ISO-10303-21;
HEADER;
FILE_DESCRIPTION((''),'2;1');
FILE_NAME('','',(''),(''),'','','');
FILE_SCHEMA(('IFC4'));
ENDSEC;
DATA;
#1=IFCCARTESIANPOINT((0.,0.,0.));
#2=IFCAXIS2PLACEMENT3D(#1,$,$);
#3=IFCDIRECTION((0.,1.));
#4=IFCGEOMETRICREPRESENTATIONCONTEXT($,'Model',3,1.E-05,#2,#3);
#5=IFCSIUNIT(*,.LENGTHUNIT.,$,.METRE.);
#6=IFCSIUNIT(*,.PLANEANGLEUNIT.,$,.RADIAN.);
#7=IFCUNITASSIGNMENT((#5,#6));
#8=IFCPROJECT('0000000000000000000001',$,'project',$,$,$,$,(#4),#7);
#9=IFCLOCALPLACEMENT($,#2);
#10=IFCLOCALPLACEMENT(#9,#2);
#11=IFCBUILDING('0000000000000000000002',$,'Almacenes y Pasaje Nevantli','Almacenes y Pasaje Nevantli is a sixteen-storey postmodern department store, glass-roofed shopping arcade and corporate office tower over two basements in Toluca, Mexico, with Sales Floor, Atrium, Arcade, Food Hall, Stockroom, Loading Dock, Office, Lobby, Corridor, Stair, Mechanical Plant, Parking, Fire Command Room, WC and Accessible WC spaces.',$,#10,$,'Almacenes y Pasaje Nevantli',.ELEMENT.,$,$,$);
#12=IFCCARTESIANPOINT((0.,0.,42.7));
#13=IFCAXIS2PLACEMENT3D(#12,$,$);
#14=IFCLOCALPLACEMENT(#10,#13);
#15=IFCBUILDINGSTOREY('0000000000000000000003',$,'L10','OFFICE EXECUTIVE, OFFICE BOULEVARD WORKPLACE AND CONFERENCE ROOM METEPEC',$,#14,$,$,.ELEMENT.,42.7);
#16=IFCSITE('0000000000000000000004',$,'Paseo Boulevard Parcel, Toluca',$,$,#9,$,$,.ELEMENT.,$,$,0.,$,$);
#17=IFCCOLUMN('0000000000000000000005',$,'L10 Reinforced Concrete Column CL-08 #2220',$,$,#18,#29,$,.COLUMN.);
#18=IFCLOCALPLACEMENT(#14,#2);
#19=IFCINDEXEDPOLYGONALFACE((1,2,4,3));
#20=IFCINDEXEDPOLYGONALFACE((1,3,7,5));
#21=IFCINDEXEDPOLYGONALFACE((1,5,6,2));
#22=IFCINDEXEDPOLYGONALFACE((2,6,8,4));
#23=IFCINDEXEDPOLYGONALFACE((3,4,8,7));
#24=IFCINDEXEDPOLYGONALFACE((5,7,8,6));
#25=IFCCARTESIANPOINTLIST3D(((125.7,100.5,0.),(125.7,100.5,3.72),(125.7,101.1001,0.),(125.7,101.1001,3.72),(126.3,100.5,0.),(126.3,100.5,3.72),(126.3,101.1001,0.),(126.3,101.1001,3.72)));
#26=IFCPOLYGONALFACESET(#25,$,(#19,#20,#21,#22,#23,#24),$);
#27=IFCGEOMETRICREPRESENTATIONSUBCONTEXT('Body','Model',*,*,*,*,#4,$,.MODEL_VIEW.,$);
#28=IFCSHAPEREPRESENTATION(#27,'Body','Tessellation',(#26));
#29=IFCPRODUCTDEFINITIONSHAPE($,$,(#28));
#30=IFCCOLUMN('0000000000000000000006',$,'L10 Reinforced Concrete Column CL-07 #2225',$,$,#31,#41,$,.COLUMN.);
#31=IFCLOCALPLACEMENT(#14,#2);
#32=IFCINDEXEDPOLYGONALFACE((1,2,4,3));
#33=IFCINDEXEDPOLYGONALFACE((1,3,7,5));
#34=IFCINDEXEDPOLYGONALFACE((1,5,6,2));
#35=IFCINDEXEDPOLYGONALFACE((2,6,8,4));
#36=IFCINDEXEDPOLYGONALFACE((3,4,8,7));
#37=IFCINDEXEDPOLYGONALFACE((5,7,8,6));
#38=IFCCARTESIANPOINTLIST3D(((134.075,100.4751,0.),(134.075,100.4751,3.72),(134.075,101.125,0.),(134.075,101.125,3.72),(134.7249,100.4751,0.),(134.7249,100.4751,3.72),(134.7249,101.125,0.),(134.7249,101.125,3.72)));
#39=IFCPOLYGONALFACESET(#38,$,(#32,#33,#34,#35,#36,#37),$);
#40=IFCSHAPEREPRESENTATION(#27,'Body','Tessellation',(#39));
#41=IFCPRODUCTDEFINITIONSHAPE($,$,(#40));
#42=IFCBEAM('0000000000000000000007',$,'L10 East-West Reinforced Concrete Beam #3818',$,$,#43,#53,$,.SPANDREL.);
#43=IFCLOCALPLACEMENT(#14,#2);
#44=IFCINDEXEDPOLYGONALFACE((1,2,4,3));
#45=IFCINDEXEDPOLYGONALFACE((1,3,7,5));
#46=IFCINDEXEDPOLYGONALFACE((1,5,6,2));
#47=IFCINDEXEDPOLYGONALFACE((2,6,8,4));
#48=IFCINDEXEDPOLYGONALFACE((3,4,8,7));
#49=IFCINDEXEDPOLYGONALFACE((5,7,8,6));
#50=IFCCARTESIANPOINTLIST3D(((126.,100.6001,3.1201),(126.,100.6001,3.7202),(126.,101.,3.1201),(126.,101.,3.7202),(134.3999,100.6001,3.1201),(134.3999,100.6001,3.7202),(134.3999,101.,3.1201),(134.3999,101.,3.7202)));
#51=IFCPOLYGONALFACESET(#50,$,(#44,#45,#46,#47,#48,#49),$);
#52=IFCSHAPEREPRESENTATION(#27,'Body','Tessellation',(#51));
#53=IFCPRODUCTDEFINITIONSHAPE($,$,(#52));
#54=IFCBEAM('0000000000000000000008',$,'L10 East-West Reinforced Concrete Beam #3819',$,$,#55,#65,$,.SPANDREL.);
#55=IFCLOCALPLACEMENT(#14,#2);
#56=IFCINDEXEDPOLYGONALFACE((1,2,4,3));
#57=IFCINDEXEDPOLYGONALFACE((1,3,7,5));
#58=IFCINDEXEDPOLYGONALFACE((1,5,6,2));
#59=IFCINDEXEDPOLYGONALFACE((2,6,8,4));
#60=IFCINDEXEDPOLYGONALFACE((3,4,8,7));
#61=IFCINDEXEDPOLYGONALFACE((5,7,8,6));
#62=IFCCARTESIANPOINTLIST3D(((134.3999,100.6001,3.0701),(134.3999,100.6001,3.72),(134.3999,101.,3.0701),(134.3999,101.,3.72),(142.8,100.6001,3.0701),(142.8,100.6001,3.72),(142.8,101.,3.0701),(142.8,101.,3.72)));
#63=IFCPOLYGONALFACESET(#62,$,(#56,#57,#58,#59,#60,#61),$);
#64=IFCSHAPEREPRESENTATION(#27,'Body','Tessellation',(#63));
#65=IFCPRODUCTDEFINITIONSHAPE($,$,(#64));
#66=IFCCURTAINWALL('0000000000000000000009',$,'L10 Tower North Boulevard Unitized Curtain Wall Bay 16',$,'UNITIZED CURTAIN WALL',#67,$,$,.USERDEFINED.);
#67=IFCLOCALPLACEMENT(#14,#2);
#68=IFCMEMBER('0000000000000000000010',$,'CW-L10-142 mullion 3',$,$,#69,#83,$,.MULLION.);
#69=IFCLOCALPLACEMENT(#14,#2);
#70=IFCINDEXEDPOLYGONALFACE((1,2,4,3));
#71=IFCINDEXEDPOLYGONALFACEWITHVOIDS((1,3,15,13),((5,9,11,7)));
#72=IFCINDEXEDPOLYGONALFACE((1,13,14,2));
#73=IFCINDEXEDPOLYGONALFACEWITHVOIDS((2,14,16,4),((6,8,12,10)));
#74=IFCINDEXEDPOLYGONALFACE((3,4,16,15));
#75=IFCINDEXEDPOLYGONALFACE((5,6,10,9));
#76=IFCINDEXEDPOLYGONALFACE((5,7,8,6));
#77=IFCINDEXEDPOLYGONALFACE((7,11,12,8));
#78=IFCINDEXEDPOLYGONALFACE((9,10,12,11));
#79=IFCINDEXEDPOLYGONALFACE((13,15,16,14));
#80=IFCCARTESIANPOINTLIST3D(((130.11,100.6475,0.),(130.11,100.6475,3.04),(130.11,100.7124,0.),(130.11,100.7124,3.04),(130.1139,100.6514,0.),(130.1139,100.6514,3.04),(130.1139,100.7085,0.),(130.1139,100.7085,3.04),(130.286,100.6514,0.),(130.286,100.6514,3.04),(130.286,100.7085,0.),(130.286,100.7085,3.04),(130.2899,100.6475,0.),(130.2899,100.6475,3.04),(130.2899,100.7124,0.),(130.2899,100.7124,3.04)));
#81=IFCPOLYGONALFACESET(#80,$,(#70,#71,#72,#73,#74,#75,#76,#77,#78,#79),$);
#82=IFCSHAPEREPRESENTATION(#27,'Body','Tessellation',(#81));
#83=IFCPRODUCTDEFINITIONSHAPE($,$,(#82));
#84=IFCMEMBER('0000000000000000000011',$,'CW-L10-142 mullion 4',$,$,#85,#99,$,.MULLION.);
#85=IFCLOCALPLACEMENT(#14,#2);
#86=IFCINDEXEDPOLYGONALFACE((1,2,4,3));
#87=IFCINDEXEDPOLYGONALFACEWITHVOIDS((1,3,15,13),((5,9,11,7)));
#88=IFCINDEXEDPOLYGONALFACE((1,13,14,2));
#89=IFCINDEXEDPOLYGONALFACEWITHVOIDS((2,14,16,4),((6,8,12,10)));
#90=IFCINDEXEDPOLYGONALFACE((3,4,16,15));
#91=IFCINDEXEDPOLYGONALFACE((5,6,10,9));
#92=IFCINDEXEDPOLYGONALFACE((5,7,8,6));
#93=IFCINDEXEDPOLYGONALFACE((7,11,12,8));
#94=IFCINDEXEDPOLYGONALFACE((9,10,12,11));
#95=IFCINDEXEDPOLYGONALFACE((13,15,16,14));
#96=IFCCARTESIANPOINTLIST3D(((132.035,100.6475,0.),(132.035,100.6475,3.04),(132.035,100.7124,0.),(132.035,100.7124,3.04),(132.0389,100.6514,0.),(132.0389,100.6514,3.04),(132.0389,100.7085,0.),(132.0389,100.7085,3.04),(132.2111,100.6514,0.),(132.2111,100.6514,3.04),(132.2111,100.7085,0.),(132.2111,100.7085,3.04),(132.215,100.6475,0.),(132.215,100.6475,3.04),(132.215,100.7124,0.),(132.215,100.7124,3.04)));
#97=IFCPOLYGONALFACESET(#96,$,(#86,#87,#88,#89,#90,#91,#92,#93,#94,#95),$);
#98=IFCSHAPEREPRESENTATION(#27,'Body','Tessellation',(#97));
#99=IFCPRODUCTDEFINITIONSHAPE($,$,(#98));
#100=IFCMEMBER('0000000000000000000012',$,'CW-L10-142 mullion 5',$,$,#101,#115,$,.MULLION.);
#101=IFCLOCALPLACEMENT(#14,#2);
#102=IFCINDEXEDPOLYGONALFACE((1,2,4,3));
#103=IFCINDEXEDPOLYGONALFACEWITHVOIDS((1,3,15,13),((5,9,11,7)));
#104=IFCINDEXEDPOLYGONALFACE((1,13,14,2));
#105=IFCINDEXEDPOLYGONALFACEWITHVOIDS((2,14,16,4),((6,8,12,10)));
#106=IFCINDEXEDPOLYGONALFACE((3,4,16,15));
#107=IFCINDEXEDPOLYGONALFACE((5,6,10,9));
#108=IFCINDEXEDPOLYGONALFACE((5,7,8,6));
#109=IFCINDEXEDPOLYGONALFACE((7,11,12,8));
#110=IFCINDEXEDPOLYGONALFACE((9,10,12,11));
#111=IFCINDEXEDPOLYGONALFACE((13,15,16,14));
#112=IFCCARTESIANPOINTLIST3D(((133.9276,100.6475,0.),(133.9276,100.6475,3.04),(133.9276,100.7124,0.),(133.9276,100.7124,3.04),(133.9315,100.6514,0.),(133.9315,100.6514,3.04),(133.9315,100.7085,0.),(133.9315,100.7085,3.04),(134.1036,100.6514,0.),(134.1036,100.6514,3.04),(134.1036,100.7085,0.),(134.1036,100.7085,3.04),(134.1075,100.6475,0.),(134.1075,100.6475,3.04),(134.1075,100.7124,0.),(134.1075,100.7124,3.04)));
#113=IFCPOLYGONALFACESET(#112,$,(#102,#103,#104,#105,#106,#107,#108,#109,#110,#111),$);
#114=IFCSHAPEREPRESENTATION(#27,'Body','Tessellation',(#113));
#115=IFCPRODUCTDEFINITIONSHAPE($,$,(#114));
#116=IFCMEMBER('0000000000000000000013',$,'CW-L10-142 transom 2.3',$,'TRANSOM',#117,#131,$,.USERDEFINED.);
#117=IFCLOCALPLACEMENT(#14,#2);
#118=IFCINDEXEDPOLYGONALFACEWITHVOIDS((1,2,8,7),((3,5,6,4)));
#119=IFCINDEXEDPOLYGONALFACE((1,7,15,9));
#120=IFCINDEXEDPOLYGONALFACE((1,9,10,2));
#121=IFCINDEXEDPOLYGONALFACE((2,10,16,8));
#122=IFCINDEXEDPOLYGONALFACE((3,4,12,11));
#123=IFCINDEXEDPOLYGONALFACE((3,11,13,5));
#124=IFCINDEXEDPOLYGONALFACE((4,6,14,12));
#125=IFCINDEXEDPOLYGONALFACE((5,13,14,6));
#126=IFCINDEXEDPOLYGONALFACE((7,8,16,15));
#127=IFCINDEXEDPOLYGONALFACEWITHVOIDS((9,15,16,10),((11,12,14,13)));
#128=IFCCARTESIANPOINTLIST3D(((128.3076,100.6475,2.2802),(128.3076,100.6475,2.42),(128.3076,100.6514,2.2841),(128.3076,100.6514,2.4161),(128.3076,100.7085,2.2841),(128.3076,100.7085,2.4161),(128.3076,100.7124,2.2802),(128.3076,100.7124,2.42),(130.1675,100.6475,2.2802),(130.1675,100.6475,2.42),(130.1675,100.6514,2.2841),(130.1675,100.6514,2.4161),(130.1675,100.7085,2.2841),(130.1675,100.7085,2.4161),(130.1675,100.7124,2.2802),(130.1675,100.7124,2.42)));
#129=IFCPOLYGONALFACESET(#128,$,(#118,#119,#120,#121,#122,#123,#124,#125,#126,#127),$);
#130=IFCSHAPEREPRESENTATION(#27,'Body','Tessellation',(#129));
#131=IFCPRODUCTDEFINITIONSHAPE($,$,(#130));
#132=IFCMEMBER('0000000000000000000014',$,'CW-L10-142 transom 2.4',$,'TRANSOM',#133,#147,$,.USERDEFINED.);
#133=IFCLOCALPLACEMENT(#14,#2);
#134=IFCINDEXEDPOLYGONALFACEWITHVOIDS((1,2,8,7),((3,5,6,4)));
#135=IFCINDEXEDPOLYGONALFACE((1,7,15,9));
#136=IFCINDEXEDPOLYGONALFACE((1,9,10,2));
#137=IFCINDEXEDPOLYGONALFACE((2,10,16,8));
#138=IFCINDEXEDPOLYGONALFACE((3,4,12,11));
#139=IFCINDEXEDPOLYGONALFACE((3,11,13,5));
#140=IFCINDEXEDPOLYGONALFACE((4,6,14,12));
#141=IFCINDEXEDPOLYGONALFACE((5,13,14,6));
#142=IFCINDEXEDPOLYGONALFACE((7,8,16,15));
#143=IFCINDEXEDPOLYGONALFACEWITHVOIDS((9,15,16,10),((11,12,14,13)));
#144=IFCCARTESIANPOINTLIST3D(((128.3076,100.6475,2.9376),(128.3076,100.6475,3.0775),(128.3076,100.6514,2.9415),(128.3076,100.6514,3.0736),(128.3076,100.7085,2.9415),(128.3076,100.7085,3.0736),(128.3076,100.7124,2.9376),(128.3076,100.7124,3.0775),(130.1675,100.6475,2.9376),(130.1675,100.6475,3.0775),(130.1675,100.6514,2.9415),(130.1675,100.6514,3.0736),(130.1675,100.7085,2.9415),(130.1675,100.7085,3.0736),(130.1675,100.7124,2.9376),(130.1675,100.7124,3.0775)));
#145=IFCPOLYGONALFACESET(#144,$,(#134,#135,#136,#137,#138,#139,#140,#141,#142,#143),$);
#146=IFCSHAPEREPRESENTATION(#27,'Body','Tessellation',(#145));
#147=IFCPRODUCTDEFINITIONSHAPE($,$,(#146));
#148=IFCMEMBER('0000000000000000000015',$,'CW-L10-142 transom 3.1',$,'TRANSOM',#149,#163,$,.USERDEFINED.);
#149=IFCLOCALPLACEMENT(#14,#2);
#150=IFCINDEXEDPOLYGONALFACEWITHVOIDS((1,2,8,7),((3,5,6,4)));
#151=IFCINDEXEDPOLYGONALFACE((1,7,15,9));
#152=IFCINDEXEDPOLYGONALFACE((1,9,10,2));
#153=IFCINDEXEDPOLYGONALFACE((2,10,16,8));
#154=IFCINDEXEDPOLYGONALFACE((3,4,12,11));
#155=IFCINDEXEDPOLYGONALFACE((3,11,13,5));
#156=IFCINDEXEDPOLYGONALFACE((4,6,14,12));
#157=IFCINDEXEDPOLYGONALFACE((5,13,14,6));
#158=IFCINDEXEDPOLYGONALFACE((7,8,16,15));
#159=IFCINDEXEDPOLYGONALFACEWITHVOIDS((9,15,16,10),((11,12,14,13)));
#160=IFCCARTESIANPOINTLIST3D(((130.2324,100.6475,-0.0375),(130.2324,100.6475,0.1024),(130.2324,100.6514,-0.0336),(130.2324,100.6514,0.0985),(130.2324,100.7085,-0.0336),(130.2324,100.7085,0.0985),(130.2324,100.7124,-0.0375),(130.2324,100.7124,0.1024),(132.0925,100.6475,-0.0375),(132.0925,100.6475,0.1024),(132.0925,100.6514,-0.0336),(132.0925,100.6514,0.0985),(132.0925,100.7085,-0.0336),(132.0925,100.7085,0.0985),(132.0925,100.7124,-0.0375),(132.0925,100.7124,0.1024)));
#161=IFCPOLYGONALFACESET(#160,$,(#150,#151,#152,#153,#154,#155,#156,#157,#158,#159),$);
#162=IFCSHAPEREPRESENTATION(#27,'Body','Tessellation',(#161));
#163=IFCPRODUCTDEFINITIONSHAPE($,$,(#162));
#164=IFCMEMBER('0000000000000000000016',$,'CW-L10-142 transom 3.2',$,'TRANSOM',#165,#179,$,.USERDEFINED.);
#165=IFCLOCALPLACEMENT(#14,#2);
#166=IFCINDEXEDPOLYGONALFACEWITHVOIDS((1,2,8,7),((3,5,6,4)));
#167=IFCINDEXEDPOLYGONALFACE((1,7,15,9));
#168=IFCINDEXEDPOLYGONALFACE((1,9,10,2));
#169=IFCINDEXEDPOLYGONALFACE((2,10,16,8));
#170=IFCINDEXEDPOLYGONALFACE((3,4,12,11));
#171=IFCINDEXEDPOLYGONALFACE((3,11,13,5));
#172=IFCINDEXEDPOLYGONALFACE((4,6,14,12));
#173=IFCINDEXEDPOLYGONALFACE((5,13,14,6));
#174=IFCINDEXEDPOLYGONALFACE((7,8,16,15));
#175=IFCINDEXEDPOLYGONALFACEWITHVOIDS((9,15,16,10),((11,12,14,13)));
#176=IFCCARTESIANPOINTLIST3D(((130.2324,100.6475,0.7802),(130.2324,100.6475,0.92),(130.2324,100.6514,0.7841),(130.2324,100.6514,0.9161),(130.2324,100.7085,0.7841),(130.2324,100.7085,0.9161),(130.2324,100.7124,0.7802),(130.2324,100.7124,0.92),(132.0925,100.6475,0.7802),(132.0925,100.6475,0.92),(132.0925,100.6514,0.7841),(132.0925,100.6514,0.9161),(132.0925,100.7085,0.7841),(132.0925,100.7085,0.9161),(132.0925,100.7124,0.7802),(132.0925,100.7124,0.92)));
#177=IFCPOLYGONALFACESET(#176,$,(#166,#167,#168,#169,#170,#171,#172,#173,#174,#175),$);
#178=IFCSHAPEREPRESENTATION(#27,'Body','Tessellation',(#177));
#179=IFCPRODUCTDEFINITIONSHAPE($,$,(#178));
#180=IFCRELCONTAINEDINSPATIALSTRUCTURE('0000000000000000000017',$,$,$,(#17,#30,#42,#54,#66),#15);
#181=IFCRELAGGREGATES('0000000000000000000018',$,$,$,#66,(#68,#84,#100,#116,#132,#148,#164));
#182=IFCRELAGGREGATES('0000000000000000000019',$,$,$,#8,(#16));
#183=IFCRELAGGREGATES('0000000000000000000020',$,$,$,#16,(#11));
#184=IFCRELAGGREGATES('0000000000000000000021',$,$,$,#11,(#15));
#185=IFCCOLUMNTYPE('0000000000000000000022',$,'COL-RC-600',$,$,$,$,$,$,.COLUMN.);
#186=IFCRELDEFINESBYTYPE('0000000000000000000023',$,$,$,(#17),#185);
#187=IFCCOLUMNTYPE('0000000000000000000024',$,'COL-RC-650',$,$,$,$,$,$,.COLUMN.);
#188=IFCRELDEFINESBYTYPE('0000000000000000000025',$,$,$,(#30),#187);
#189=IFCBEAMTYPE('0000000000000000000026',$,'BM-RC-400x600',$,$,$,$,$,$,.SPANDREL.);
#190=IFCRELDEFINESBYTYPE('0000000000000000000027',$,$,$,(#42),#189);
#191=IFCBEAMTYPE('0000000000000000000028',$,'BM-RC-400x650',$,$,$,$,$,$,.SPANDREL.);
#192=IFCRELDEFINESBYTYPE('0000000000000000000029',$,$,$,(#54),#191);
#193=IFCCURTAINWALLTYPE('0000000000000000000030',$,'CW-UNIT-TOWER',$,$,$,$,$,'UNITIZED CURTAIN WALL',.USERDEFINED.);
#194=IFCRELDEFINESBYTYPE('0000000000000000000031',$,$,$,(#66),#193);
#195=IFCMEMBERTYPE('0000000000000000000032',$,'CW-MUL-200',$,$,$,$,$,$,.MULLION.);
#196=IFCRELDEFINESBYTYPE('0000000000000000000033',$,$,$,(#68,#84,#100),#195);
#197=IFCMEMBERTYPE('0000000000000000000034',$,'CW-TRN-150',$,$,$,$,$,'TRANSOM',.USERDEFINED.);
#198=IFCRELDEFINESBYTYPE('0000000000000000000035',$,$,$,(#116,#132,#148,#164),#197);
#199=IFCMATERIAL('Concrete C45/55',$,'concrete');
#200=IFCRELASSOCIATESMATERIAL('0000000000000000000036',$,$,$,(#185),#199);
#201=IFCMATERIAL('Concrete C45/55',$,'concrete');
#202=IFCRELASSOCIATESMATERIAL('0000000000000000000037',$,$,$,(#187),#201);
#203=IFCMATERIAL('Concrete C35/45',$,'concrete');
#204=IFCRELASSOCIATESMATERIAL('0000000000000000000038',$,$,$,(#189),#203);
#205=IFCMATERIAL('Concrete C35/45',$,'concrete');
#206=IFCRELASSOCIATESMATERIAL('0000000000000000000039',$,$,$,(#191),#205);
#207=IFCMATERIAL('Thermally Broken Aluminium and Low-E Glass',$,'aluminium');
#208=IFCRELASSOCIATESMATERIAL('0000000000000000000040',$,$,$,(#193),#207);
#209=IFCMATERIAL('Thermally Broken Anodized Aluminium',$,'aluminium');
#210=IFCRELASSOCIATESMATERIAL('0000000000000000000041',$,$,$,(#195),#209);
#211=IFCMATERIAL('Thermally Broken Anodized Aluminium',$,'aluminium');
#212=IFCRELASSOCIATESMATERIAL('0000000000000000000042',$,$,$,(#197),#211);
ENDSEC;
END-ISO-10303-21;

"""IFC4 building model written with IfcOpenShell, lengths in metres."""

from ifc_helpers import new_model, si_unit, direction, frame, origin, origin_2d, place, context, subcontext, project, spatial, rectangle, hollow_rectangle, extrude, material, material_profile, profile_set, type_object, element, aggregate, save


model = new_model("IFC4")

# Units and contexts
model_context = context("Model", 3, precision=1e-05, world=origin(), true_north=direction((0.0, 1.0)))
body_context = subcontext(model_context, "Body", "Model", "MODEL_VIEW")
ifc_project = project(units=[si_unit("LENGTHUNIT", "METRE"), si_unit("PLANEANGLEUNIT", "RADIAN")], contexts=[model_context])

# Site, building, storey
site_placement = place(None, origin())
site = spatial("IfcSite", under=ifc_project, at=site_placement, Name="Paseo Boulevard Parcel, Toluca", CompositionType="ELEMENT", RefElevation=0.0)
building_placement = place(site_placement, origin())
building = spatial("IfcBuilding", under=site, at=building_placement, Name="Almacenes y Pasaje Nevantli", Description="Almacenes y Pasaje Nevantli is a sixteen-storey postmodern department store, glass-roofed shopping arcade and corporate office tower over two basements in Toluca, Mexico, with Sales Floor, Atrium, Arcade, Food Hall, Stockroom, Loading Dock, Office, Lobby, Corridor, Stair, Mechanical Plant, Parking, Fire Command Room, WC and Accessible WC spaces.", LongName="Almacenes y Pasaje Nevantli", CompositionType="ELEMENT")
storey_placement = place(building_placement, frame((0.0, 0.0, 42.7)))
storey = spatial("IfcBuildingStorey", under=building, at=storey_placement, Name="L10", Description="OFFICE EXECUTIVE, OFFICE BOULEVARD WORKPLACE AND CONFERENCE ROOM METEPEC", CompositionType="ELEMENT", Elevation=42.7)

# Columns
ifc_material_1 = material(Name="Concrete C45/55", Category="concrete")
ifc_material_profile_1 = material_profile(ifc_material_1, rectangle(XDim=0.6001, YDim=0.6001, at=origin_2d()), Name="RC-COL-600x600")
ifc_profile_set_1 = profile_set([ifc_material_profile_1], Name="Concrete C45/55")
column_type_1 = type_object("IfcColumnType", Name="COL-RC-600", PredefinedType="COLUMN", material=ifc_profile_set_1)
column_1_placement = place(storey_placement, frame((126.0, 100.8, 0.0), z_axis=(0.0, 0.0, 1.0), x_axis=(1.0, 0.0, 0.0)))
element("IfcColumn", 1, at=column_1_placement, inside=storey, type_object=column_type_1, Name="L10 Reinforced Concrete Column CL-08 #2220", PredefinedType="COLUMN", context=body_context, shape_type="SweptSolid", body=[
    extrude(rectangle(XDim=0.6001, YDim=0.6001, at=origin_2d()), origin(), (0.0, 0.0, 1.0), 3.72),
])
ifc_material_2 = material(Name="Concrete C45/55", Category="concrete")
ifc_material_profile_2 = material_profile(ifc_material_2, rectangle(XDim=0.6499, YDim=0.6499, at=origin_2d()), Name="RC-COL-650x650")
ifc_profile_set_2 = profile_set([ifc_material_profile_2], Name="Concrete C45/55")
column_type_2 = type_object("IfcColumnType", Name="COL-RC-650", PredefinedType="COLUMN", material=ifc_profile_set_2)
column_2_placement = place(storey_placement, frame((134.3999, 100.8, 0.0), z_axis=(0.0, 0.0, 1.0), x_axis=(1.0, 0.0, 0.0)))
element("IfcColumn", 2, at=column_2_placement, inside=storey, type_object=column_type_2, Name="L10 Reinforced Concrete Column CL-07 #2225", PredefinedType="COLUMN", context=body_context, shape_type="SweptSolid", body=[
    extrude(rectangle(XDim=0.6499, YDim=0.6499, at=origin_2d()), origin(), (0.0, 0.0, 1.0), 3.72),
])

# Beams
ifc_material_3 = material(Name="Concrete C35/45", Category="concrete")
ifc_material_profile_3 = material_profile(ifc_material_3, rectangle(XDim=0.3999, YDim=0.6001, at=origin_2d()), Name="RC-BM-400x600")
ifc_profile_set_3 = profile_set([ifc_material_profile_3], Name="Concrete C35/45")
beam_type_1 = type_object("IfcBeamType", Name="BM-RC-400x600", PredefinedType="SPANDREL", material=ifc_profile_set_3)
beam_1_placement = place(storey_placement, frame((126.0, 100.8, 3.4202), z_axis=(1.0, 0.0, 0.0), x_axis=(0.0, 1.0, 0.0)))
element("IfcBeam", 3, at=beam_1_placement, inside=storey, type_object=beam_type_1, Name="L10 East-West Reinforced Concrete Beam #3818", PredefinedType="SPANDREL", context=body_context, shape_type="SweptSolid", body=[
    extrude(rectangle(XDim=0.3999, YDim=0.6001, at=origin_2d()), origin(), (0.0, 0.0, 1.0), 8.3999),
])
ifc_material_4 = material(Name="Concrete C35/45", Category="concrete")
ifc_material_profile_4 = material_profile(ifc_material_4, rectangle(XDim=0.3999, YDim=0.6499, at=origin_2d()), Name="RC-BM-400x650")
ifc_profile_set_4 = profile_set([ifc_material_profile_4], Name="Concrete C35/45")
beam_type_2 = type_object("IfcBeamType", Name="BM-RC-400x650", PredefinedType="SPANDREL", material=ifc_profile_set_4)
beam_2_placement = place(storey_placement, frame((134.3999, 100.8, 3.395), z_axis=(1.0, 0.0, 0.0), x_axis=(0.0, 1.0, 0.0)))
element("IfcBeam", 4, at=beam_2_placement, inside=storey, type_object=beam_type_2, Name="L10 East-West Reinforced Concrete Beam #3819", PredefinedType="SPANDREL", context=body_context, shape_type="SweptSolid", body=[
    extrude(rectangle(XDim=0.3999, YDim=0.6499, at=origin_2d()), origin(), (0.0, 0.0, 1.0), 8.4001),
])

# Curtain wall, members
ifc_material_5 = material(Name="Thermally Broken Aluminium and Low-E Glass", Category="aluminium")
curtain_wall_type = type_object("IfcCurtainWallType", Name="CW-UNIT-TOWER", ElementType="UNITIZED CURTAIN WALL", PredefinedType="USERDEFINED", material=ifc_material_5)
curtain_wall_placement = place(storey_placement, origin())
curtain_wall = element("IfcCurtainWall", 5, at=curtain_wall_placement, inside=storey, type_object=curtain_wall_type, Name="L10 Tower North Boulevard Unitized Curtain Wall Bay 16", ObjectType="UNITIZED CURTAIN WALL", PredefinedType="USERDEFINED")
ifc_material_6 = material(Name="Thermally Broken Anodized Aluminium", Category="aluminium")
ifc_material_profile_5 = material_profile(ifc_material_6, hollow_rectangle(XDim=0.0649, YDim=0.1799, WallThickness=0.0039, at=origin_2d()), Name="ALU-MUL-65x180")
ifc_profile_set_5 = profile_set([ifc_material_profile_5], Name="Thermally Broken Anodized Aluminium")
member_type_1 = type_object("IfcMemberType", Name="CW-MUL-200", PredefinedType="MULLION", material=ifc_profile_set_5)
member_1_placement = place(storey_placement, frame((130.2, 100.6799, 0.0), z_axis=(0.0, 0.0, 1.0), x_axis=(0.0, 1.0, 0.0)))
member_1 = element("IfcMember", 6, at=member_1_placement, type_object=member_type_1, Name="CW-L10-142 mullion 3", PredefinedType="MULLION", context=body_context, shape_type="SweptSolid", body=[
    extrude(hollow_rectangle(XDim=0.0649, YDim=0.1799, WallThickness=0.0039, at=origin_2d()), origin(), (0.0, 0.0, 1.0), 3.04),
])
member_2_placement = place(storey_placement, frame((132.125, 100.6799, 0.0), z_axis=(0.0, 0.0, 1.0), x_axis=(0.0, 1.0, 0.0)))
member_2 = element("IfcMember", 7, at=member_2_placement, type_object=member_type_1, Name="CW-L10-142 mullion 4", PredefinedType="MULLION", context=body_context, shape_type="SweptSolid", body=[
    extrude(hollow_rectangle(XDim=0.0649, YDim=0.1799, WallThickness=0.0039, at=origin_2d()), origin(), (0.0, 0.0, 1.0), 3.04),
])
member_3_placement = place(storey_placement, frame((134.0176, 100.6799, 0.0), z_axis=(0.0, 0.0, 1.0), x_axis=(0.0, 1.0, 0.0)))
member_3 = element("IfcMember", 8, at=member_3_placement, type_object=member_type_1, Name="CW-L10-142 mullion 5", PredefinedType="MULLION", context=body_context, shape_type="SweptSolid", body=[
    extrude(hollow_rectangle(XDim=0.0649, YDim=0.1799, WallThickness=0.0039, at=origin_2d()), origin(), (0.0, 0.0, 1.0), 3.04),
])
ifc_material_7 = material(Name="Thermally Broken Anodized Aluminium", Category="aluminium")
ifc_material_profile_6 = material_profile(ifc_material_7, hollow_rectangle(XDim=0.0649, YDim=0.1399, WallThickness=0.0039, at=origin_2d()), Name="ALU-TRN-65x140")
ifc_profile_set_6 = profile_set([ifc_material_profile_6], Name="Thermally Broken Anodized Aluminium")
member_type_2 = type_object("IfcMemberType", Name="CW-TRN-150", ElementType="TRANSOM", PredefinedType="USERDEFINED", material=ifc_profile_set_6)
member_4_placement = place(storey_placement, frame((128.3076, 100.6799, 2.3501), z_axis=(1.0, 0.0, 0.0), x_axis=(0.0, 1.0, 0.0)))
member_4 = element("IfcMember", 9, at=member_4_placement, type_object=member_type_2, Name="CW-L10-142 transom 2.3", ObjectType="TRANSOM", PredefinedType="USERDEFINED", context=body_context, shape_type="SweptSolid", body=[
    extrude(hollow_rectangle(XDim=0.0649, YDim=0.1399, WallThickness=0.0039, at=origin_2d()), origin(), (0.0, 0.0, 1.0), 1.8599),
])
member_5_placement = place(storey_placement, frame((128.3076, 100.6799, 3.0076), z_axis=(1.0, 0.0, 0.0), x_axis=(0.0, 1.0, 0.0)))
member_5 = element("IfcMember", 10, at=member_5_placement, type_object=member_type_2, Name="CW-L10-142 transom 2.4", ObjectType="TRANSOM", PredefinedType="USERDEFINED", context=body_context, shape_type="SweptSolid", body=[
    extrude(hollow_rectangle(XDim=0.0649, YDim=0.1399, WallThickness=0.0039, at=origin_2d()), origin(), (0.0, 0.0, 1.0), 1.8599),
])
member_6_placement = place(storey_placement, frame((130.2324, 100.6799, 0.0325), z_axis=(1.0, 0.0, 0.0), x_axis=(0.0, 1.0, 0.0)))
member_6 = element("IfcMember", 11, at=member_6_placement, type_object=member_type_2, Name="CW-L10-142 transom 3.1", ObjectType="TRANSOM", PredefinedType="USERDEFINED", context=body_context, shape_type="SweptSolid", body=[
    extrude(hollow_rectangle(XDim=0.0649, YDim=0.1399, WallThickness=0.0039, at=origin_2d()), origin(), (0.0, 0.0, 1.0), 1.8601),
])
member_7_placement = place(storey_placement, frame((130.2324, 100.6799, 0.8501), z_axis=(1.0, 0.0, 0.0), x_axis=(0.0, 1.0, 0.0)))
member_7 = element("IfcMember", 12, at=member_7_placement, type_object=member_type_2, Name="CW-L10-142 transom 3.2", ObjectType="TRANSOM", PredefinedType="USERDEFINED", context=body_context, shape_type="SweptSolid", body=[
    extrude(hollow_rectangle(XDim=0.0649, YDim=0.1399, WallThickness=0.0039, at=origin_2d()), origin(), (0.0, 0.0, 1.0), 1.8601),
])
aggregate(curtain_wall, [member_1, member_2, member_3, member_4, member_5, member_6, member_7])

save(model, "model.ifc")
